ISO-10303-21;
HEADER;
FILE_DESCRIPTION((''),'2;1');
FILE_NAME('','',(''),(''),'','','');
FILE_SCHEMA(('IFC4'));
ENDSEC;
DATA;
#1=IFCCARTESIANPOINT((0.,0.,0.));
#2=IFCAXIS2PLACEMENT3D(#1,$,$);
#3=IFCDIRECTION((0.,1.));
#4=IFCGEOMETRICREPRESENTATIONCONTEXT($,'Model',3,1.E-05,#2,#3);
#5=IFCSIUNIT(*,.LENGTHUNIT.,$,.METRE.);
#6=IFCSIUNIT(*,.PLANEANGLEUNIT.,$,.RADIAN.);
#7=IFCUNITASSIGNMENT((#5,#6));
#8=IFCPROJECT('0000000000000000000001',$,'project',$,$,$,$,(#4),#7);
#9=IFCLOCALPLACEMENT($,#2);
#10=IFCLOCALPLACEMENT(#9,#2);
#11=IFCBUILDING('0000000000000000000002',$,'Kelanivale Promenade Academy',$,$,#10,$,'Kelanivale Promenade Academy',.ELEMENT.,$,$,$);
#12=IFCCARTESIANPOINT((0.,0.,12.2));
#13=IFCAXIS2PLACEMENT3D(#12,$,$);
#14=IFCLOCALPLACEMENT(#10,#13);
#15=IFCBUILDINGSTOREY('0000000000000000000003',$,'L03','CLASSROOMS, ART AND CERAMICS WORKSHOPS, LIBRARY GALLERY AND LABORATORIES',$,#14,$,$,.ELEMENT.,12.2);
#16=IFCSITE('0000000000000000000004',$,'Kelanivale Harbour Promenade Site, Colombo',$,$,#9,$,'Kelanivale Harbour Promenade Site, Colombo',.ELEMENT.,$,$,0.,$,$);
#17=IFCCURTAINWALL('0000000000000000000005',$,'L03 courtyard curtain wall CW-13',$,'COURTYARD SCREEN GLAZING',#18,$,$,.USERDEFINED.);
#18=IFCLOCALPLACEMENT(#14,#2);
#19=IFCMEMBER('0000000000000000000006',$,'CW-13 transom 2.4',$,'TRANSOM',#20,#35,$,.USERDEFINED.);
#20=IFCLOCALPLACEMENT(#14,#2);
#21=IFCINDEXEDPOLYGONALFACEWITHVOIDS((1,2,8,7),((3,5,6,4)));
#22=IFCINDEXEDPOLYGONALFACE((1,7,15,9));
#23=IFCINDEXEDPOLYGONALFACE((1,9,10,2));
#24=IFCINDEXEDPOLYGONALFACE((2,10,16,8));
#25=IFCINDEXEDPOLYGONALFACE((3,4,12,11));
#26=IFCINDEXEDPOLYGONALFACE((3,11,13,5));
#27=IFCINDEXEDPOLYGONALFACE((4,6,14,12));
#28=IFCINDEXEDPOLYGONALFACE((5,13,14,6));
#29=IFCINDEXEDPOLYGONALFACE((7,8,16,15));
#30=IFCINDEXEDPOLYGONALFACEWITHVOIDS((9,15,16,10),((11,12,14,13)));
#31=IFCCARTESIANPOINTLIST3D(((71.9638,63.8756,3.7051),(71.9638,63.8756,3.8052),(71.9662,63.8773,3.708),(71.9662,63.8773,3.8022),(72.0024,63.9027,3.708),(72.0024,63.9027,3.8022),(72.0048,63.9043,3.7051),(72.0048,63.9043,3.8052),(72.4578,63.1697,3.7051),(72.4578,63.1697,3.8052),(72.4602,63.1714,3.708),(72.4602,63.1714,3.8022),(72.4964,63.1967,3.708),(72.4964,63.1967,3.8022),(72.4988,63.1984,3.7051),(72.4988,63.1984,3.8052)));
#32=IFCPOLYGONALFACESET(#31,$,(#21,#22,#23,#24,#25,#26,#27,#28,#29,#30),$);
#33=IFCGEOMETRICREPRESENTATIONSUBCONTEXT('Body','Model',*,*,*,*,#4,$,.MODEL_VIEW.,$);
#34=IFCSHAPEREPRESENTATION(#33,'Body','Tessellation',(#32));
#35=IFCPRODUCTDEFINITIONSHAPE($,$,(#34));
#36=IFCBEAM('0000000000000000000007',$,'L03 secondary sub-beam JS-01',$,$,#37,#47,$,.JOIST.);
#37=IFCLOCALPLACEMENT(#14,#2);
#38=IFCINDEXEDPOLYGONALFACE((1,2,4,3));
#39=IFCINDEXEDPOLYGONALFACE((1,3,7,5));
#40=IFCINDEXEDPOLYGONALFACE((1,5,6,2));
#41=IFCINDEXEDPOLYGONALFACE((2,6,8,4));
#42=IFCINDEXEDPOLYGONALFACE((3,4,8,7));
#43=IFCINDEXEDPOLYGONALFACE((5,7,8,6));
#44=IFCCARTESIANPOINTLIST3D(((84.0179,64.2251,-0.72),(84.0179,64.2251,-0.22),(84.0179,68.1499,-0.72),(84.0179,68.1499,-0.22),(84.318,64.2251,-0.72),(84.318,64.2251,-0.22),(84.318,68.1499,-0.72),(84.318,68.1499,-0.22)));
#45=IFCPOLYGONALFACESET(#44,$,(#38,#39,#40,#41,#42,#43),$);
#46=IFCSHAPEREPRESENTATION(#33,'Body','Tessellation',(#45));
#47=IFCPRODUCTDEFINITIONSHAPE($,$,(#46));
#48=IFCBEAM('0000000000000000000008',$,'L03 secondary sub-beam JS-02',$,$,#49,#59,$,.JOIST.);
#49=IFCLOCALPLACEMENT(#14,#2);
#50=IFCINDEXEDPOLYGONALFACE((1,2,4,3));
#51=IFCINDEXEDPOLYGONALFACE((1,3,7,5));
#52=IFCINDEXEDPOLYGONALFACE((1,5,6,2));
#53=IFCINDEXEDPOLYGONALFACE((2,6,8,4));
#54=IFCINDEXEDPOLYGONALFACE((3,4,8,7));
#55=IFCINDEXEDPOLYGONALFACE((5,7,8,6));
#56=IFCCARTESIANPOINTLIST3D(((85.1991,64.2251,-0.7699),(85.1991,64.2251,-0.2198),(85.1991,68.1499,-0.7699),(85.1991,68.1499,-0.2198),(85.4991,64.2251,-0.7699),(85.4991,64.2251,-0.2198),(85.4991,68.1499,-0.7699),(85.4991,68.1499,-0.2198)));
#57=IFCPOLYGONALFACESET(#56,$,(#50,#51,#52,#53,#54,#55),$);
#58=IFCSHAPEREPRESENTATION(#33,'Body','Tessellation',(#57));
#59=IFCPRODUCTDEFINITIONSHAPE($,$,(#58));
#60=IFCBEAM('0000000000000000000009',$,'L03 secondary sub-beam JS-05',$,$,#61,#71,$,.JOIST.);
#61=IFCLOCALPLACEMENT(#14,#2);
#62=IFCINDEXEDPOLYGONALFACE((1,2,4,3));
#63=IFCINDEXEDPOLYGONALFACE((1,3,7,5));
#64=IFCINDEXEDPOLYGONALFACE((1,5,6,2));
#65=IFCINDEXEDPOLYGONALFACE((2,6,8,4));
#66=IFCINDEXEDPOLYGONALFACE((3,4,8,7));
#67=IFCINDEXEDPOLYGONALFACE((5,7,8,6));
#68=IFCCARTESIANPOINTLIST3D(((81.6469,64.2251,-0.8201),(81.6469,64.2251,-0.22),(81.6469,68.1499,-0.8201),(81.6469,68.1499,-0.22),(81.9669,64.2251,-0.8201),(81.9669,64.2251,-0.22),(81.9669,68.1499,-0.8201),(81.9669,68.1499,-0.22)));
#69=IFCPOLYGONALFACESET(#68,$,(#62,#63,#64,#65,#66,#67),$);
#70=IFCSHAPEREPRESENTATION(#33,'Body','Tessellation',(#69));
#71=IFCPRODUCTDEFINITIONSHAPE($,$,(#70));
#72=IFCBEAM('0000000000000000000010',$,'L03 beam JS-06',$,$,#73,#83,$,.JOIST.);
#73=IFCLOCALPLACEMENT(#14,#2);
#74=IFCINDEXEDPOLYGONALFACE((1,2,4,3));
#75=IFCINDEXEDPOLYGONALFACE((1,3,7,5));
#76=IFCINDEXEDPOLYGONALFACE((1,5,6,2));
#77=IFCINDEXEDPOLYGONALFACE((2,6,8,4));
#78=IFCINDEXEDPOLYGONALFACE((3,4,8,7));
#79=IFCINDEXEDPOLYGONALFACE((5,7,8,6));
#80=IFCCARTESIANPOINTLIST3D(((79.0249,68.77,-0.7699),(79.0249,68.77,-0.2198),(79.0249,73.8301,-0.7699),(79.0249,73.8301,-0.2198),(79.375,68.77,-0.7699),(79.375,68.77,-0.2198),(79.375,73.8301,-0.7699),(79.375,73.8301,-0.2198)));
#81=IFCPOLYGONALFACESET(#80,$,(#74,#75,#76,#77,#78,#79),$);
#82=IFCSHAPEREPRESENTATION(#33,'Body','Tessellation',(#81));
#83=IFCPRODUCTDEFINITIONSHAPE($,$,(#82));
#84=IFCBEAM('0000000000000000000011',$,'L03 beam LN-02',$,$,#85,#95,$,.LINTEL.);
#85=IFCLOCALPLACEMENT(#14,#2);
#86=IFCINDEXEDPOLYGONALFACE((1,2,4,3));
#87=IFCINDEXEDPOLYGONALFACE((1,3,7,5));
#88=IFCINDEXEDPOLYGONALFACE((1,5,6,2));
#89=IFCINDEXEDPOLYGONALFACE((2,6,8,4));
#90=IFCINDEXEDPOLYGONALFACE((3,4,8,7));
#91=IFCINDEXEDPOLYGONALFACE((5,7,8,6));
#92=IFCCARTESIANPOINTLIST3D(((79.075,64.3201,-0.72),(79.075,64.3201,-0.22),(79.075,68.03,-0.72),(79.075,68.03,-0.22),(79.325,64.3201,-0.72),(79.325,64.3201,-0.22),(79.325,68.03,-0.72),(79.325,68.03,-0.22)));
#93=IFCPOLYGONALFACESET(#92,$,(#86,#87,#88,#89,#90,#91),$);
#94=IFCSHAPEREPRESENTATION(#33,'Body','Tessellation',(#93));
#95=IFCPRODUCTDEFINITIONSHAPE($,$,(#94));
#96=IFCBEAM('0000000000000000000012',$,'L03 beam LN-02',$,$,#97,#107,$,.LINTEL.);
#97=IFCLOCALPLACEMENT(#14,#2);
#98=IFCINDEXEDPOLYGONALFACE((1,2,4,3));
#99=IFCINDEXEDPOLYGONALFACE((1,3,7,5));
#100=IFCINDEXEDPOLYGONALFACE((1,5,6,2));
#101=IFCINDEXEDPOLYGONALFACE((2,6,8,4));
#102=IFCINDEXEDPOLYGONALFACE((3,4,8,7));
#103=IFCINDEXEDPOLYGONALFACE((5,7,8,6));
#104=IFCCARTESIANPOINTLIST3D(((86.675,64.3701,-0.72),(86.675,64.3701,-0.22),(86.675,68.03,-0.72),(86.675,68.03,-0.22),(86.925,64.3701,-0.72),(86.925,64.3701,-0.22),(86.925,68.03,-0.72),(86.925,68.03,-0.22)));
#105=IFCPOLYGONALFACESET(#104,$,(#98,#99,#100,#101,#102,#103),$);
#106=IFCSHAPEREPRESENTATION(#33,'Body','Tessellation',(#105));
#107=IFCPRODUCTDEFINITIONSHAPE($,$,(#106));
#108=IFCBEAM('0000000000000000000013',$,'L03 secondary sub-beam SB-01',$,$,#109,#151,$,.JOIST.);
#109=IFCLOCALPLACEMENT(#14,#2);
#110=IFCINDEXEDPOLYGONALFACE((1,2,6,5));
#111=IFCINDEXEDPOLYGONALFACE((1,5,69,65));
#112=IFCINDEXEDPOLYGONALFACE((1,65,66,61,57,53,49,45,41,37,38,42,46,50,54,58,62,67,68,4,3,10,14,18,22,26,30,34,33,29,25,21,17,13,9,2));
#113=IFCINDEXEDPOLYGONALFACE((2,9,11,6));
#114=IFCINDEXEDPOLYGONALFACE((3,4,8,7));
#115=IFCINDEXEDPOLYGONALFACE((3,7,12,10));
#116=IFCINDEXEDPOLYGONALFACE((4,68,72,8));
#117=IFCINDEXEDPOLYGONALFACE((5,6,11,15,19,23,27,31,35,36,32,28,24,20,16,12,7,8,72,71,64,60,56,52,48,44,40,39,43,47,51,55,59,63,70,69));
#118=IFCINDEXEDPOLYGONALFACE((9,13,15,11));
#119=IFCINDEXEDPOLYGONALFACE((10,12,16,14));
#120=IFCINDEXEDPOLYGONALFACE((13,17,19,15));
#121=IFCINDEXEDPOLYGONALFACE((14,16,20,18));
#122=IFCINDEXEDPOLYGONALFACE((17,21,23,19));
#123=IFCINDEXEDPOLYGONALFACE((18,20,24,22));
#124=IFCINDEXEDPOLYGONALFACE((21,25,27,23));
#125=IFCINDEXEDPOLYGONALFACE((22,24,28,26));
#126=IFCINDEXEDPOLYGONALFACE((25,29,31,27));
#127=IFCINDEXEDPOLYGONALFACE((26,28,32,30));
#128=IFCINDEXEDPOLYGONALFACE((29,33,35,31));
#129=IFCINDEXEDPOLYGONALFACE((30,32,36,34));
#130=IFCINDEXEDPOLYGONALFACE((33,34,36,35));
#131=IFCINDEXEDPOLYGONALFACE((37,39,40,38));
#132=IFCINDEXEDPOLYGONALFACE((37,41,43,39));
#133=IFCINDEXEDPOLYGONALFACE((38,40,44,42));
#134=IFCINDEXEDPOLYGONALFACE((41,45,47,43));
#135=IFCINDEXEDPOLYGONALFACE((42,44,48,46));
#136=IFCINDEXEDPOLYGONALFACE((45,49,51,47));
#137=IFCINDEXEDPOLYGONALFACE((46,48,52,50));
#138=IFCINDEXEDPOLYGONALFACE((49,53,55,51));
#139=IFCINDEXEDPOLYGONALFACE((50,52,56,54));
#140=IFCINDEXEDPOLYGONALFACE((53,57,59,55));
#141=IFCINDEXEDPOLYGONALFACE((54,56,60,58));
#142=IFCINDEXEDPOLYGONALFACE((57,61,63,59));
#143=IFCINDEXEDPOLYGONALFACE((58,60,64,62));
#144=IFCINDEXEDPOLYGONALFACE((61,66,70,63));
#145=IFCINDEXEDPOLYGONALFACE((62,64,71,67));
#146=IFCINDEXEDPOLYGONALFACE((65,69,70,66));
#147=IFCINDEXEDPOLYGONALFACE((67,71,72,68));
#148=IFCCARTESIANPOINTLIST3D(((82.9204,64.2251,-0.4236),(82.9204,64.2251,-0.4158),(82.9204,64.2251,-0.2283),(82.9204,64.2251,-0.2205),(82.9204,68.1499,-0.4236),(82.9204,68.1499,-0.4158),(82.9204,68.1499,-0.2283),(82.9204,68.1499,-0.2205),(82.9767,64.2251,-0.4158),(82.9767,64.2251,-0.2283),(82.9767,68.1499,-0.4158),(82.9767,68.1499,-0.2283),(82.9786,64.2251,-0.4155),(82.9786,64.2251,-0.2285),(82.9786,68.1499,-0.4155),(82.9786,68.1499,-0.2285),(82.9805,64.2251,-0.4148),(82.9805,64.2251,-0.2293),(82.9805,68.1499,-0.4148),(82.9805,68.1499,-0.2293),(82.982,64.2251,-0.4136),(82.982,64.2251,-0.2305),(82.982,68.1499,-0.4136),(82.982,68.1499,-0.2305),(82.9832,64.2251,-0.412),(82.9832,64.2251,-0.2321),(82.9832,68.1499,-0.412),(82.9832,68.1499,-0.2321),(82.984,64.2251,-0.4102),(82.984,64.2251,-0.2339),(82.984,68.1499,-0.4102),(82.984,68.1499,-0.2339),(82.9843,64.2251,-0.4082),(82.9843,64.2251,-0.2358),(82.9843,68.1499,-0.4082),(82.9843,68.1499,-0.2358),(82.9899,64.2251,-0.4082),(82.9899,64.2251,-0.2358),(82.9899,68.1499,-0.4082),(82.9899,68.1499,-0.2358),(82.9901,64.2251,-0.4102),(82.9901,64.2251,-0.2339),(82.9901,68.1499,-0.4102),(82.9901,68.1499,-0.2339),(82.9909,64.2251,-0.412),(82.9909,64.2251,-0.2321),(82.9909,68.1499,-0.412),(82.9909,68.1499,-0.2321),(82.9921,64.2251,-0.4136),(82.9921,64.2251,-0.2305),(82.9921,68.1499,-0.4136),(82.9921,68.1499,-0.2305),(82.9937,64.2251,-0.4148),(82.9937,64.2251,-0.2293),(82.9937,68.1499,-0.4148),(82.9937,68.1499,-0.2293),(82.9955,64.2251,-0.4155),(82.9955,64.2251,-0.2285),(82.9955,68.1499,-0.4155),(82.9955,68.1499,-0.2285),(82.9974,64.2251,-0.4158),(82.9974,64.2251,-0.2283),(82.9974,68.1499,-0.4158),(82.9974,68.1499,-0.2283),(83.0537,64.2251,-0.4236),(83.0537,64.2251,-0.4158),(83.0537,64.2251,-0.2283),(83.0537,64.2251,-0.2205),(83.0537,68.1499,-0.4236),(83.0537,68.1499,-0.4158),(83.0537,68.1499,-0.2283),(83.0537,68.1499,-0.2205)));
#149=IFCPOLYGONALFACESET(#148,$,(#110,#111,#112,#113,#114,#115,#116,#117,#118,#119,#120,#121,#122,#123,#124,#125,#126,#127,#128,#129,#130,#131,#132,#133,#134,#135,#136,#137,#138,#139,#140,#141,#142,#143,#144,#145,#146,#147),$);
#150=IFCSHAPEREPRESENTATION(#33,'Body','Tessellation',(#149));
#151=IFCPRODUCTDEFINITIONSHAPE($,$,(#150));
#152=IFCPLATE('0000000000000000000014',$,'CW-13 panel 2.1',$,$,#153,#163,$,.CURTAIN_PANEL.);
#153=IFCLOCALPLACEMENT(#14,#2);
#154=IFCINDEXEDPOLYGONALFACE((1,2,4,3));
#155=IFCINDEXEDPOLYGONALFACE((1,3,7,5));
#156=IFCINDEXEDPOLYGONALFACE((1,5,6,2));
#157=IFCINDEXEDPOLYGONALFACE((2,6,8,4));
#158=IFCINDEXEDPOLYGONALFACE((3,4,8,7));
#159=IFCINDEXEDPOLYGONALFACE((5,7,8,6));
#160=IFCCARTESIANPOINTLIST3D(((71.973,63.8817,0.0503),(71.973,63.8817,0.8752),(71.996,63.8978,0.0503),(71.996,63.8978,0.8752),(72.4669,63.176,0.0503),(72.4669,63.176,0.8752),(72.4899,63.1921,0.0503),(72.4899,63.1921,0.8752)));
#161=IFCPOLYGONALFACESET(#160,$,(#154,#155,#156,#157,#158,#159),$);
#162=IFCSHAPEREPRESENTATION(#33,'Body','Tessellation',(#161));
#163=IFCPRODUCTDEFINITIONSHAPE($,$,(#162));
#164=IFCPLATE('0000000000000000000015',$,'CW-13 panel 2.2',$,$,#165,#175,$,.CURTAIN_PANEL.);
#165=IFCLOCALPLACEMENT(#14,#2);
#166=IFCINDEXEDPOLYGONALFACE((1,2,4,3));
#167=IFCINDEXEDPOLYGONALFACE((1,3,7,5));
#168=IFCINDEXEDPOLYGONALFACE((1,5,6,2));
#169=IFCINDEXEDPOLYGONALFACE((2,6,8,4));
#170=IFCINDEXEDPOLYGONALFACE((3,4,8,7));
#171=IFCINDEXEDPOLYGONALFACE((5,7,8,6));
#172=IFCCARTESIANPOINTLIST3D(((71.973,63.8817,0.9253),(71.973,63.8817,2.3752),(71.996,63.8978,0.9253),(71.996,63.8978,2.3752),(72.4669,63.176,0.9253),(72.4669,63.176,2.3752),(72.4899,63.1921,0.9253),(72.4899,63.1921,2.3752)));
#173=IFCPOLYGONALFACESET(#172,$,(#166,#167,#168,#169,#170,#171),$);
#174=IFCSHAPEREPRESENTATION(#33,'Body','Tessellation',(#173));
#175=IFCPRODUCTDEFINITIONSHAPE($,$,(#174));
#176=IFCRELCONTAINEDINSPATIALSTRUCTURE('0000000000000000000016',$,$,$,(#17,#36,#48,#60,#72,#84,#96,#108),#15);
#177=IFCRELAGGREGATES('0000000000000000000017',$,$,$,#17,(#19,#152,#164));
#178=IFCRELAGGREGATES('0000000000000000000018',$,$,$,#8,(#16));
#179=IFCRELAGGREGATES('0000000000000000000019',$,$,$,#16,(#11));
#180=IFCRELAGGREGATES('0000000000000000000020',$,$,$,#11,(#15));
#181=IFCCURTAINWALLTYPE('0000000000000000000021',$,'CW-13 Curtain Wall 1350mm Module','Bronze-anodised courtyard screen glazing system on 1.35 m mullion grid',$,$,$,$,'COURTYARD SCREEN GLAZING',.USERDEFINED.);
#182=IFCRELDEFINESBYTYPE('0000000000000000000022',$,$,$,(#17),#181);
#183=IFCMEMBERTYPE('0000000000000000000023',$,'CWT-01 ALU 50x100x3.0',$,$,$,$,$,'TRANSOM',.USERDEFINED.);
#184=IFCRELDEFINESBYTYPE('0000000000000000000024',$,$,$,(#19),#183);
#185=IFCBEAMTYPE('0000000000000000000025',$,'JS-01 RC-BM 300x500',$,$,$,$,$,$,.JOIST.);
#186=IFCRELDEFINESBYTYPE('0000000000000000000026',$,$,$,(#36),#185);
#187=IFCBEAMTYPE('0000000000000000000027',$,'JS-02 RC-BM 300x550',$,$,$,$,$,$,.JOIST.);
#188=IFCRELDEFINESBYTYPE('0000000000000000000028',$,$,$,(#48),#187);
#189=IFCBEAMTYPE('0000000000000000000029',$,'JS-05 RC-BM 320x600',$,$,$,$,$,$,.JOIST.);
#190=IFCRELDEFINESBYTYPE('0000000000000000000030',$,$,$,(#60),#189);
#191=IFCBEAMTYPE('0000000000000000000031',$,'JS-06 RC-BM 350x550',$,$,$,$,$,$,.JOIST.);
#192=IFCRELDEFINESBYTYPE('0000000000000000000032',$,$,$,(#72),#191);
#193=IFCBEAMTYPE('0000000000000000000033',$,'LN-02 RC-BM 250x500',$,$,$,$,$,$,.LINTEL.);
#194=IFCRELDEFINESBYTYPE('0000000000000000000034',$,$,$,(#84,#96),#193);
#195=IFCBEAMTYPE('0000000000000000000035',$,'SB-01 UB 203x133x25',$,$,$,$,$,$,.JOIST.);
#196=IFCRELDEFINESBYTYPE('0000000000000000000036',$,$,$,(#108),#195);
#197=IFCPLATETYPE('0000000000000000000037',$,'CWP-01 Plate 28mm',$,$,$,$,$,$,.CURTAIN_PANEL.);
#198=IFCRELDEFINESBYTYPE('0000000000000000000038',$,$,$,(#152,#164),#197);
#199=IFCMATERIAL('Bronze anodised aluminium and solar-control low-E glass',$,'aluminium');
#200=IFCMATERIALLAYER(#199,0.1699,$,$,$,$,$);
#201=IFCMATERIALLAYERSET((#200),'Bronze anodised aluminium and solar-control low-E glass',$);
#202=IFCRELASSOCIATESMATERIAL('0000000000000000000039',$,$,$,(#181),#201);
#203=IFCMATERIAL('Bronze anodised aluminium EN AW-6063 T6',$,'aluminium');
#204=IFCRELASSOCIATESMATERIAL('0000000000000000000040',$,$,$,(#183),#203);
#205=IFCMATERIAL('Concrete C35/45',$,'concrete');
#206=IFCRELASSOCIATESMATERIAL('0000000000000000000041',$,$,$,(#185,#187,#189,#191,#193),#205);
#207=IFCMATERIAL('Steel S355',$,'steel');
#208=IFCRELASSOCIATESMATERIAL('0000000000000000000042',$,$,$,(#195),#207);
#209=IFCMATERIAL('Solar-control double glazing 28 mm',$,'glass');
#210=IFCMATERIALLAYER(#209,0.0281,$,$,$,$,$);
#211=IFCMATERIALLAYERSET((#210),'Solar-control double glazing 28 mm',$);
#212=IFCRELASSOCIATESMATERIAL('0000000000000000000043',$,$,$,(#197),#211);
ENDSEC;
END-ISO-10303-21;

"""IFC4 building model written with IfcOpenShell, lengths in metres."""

from ifc_helpers import new_model, si_unit, direction, frame, origin, origin_2d, place, context, subcontext, project, spatial, rectangle, hollow_rectangle, i_section, extrude, material, layer, layer_set, material_profile, profile_set, type_object, element, aggregate, save


model = new_model("IFC4")

# Units and contexts
model_context = context("Model", 3, precision=1e-05, world=origin(), true_north=direction((0.0, 1.0)))
body_context = subcontext(model_context, "Body", "Model", "MODEL_VIEW")
ifc_project = project(units=[si_unit("LENGTHUNIT", "METRE"), si_unit("PLANEANGLEUNIT", "RADIAN")], contexts=[model_context])

# Site, building, storey
site_placement = place(None, origin())
site = spatial("IfcSite", under=ifc_project, at=site_placement, Name="Kelanivale Harbour Promenade Site, Colombo", LongName="Kelanivale Harbour Promenade Site, Colombo", CompositionType="ELEMENT", RefElevation=0.0)
building_placement = place(site_placement, origin())
building = spatial("IfcBuilding", under=site, at=building_placement, Name="Kelanivale Promenade Academy", LongName="Kelanivale Promenade Academy", CompositionType="ELEMENT")
storey_placement = place(building_placement, frame((0.0, 0.0, 12.2)))
storey = spatial("IfcBuildingStorey", under=building, at=storey_placement, Name="L03", Description="CLASSROOMS, ART AND CERAMICS WORKSHOPS, LIBRARY GALLERY AND LABORATORIES", CompositionType="ELEMENT", Elevation=12.2)

# Shared definitions
ifc_material_1 = material(Name="Concrete C35/45", Category="concrete")

# Curtain wall, member
ifc_material_2 = material(Name="Bronze anodised aluminium and solar-control low-E glass", Category="aluminium")
ifc_layer_1 = layer(ifc_material_2, 0.1699)
ifc_layer_set_1 = layer_set([ifc_layer_1], Name="Bronze anodised aluminium and solar-control low-E glass")
curtain_wall_type = type_object("IfcCurtainWallType", Name="CW-13 Curtain Wall 1350mm Module", Description="Bronze-anodised courtyard screen glazing system on 1.35 m mullion grid", ElementType="COURTYARD SCREEN GLAZING", PredefinedType="USERDEFINED", material=ifc_layer_set_1)
curtain_wall_placement = place(storey_placement, origin())
curtain_wall = element("IfcCurtainWall", 1, at=curtain_wall_placement, inside=storey, type_object=curtain_wall_type, Name="L03 courtyard curtain wall CW-13", ObjectType="COURTYARD SCREEN GLAZING", PredefinedType="USERDEFINED")
ifc_material_3 = material(Name="Bronze anodised aluminium EN AW-6063 T6", Category="aluminium")
ifc_material_profile_1 = material_profile(ifc_material_3, hollow_rectangle(XDim=0.05, YDim=0.1001, WallThickness=0.0029, at=origin_2d()), Name="ALU 50x100x3.0")
ifc_profile_set_1 = profile_set([ifc_material_profile_1], Name="Bronze anodised aluminium EN AW-6063 T6")
member_type = type_object("IfcMemberType", Name="CWT-01 ALU 50x100x3.0", ElementType="TRANSOM", PredefinedType="USERDEFINED", material=ifc_profile_set_1)
member_1_placement = place(storey_placement, frame((72.4783, 63.1841, 3.7551), z_axis=(-0.573329, 0.819325, 0.0), x_axis=(-0.819325, -0.573329, 0.0)))
member_1 = element("IfcMember", 2, at=member_1_placement, type_object=member_type, Name="CW-13 transom 2.4", ObjectType="TRANSOM", PredefinedType="USERDEFINED", context=body_context, shape_type="SweptSolid", body=[
    extrude(hollow_rectangle(XDim=0.05, YDim=0.1001, WallThickness=0.0029, at=origin_2d()), origin(), (0.0, 0.0, 1.0), 0.8616),
])

# Beams
ifc_material_profile_2 = material_profile(ifc_material_1, rectangle(XDim=0.3, YDim=0.5, at=origin_2d()), Name="RC-BM 300x500")
ifc_profile_set_2 = profile_set([ifc_material_profile_2], Name="Concrete C35/45")
beam_type_1 = type_object("IfcBeamType", Name="JS-01 RC-BM 300x500", PredefinedType="JOIST", material=ifc_profile_set_2)
beam_1_placement = place(storey_placement, frame((84.168, 64.2251, -0.47), z_axis=(0.0, 1.0, 0.0), x_axis=(-1.0, 0.0, 0.0)))
element("IfcBeam", 3, at=beam_1_placement, inside=storey, type_object=beam_type_1, Name="L03 secondary sub-beam JS-01", PredefinedType="JOIST", context=body_context, shape_type="SweptSolid", body=[
    extrude(rectangle(XDim=0.3, YDim=0.5, at=origin_2d()), origin(), (0.0, 0.0, 1.0), 3.9248),
])
ifc_material_profile_3 = material_profile(ifc_material_1, rectangle(XDim=0.3, YDim=0.55, at=origin_2d()), Name="RC-BM 300x550")
ifc_profile_set_3 = profile_set([ifc_material_profile_3], Name="Concrete C35/45")
beam_type_2 = type_object("IfcBeamType", Name="JS-02 RC-BM 300x550", PredefinedType="JOIST", material=ifc_profile_set_3)
beam_2_placement = place(storey_placement, frame((85.3491, 64.2251, -0.4949), z_axis=(0.0, 1.0, 0.0), x_axis=(-1.0, 0.0, 0.0)))
element("IfcBeam", 4, at=beam_2_placement, inside=storey, type_object=beam_type_2, Name="L03 secondary sub-beam JS-02", PredefinedType="JOIST", context=body_context, shape_type="SweptSolid", body=[
    extrude(rectangle(XDim=0.3, YDim=0.55, at=origin_2d()), origin(), (0.0, 0.0, 1.0), 3.9248),
])
ifc_material_profile_4 = material_profile(ifc_material_1, rectangle(XDim=0.3201, YDim=0.6001, at=origin_2d()), Name="RC-BM 320x600")
ifc_profile_set_4 = profile_set([ifc_material_profile_4], Name="Concrete C35/45")
beam_type_3 = type_object("IfcBeamType", Name="JS-05 RC-BM 320x600", PredefinedType="JOIST", material=ifc_profile_set_4)
beam_3_placement = place(storey_placement, frame((81.8069, 64.2251, -0.52), z_axis=(0.0, 1.0, 0.0), x_axis=(-1.0, 0.0, 0.0)))
element("IfcBeam", 5, at=beam_3_placement, inside=storey, type_object=beam_type_3, Name="L03 secondary sub-beam JS-05", PredefinedType="JOIST", context=body_context, shape_type="SweptSolid", body=[
    extrude(rectangle(XDim=0.3201, YDim=0.6001, at=origin_2d()), origin(), (0.0, 0.0, 1.0), 3.9248),
])
ifc_material_profile_5 = material_profile(ifc_material_1, rectangle(XDim=0.3501, YDim=0.55, at=origin_2d()), Name="RC-BM 350x550")
ifc_profile_set_5 = profile_set([ifc_material_profile_5], Name="Concrete C35/45")
beam_type_4 = type_object("IfcBeamType", Name="JS-06 RC-BM 350x550", PredefinedType="JOIST", material=ifc_profile_set_5)
beam_4_placement = place(storey_placement, frame((79.2, 68.77, -0.4949), z_axis=(0.0, 1.0, 0.0), x_axis=(-1.0, 0.0, 0.0)))
element("IfcBeam", 6, at=beam_4_placement, inside=storey, type_object=beam_type_4, Name="L03 beam JS-06", PredefinedType="JOIST", context=body_context, shape_type="SweptSolid", body=[
    extrude(rectangle(XDim=0.3501, YDim=0.55, at=origin_2d()), origin(), (0.0, 0.0, 1.0), 5.0601),
])
ifc_material_profile_6 = material_profile(ifc_material_1, rectangle(XDim=0.25, YDim=0.5, at=origin_2d()), Name="RC-BM 250x500")
ifc_profile_set_6 = profile_set([ifc_material_profile_6], Name="Concrete C35/45")
beam_type_5 = type_object("IfcBeamType", Name="LN-02 RC-BM 250x500", PredefinedType="LINTEL", material=ifc_profile_set_6)
beam_5_placement = place(storey_placement, frame((79.2, 64.3201, -0.47), z_axis=(0.0, 1.0, 0.0), x_axis=(-1.0, 0.0, 0.0)))
element("IfcBeam", 7, at=beam_5_placement, inside=storey, type_object=beam_type_5, Name="L03 beam LN-02", PredefinedType="LINTEL", context=body_context, shape_type="SweptSolid", body=[
    extrude(rectangle(XDim=0.25, YDim=0.5, at=origin_2d()), origin(), (0.0, 0.0, 1.0), 3.71),
])
beam_6_placement = place(storey_placement, frame((86.8, 64.3701, -0.47), z_axis=(0.0, 1.0, 0.0), x_axis=(-1.0, 0.0, 0.0)))
element("IfcBeam", 8, at=beam_6_placement, inside=storey, type_object=beam_type_5, Name="L03 beam LN-02", PredefinedType="LINTEL", context=body_context, shape_type="SweptSolid", body=[
    extrude(rectangle(XDim=0.25, YDim=0.5, at=origin_2d()), origin(), (0.0, 0.0, 1.0), 3.6599),
])
ifc_material_4 = material(Name="Steel S355", Category="steel")
ifc_material_profile_7 = material_profile(ifc_material_4, i_section(OverallWidth=0.1333, OverallDepth=0.2031, WebThickness=0.0056, FlangeThickness=0.0078, FilletRadius=0.0076, at=origin_2d()), Name="UB 203x133x25")
ifc_profile_set_7 = profile_set([ifc_material_profile_7], Name="Steel S355")
beam_type_6 = type_object("IfcBeamType", Name="SB-01 UB 203x133x25", PredefinedType="JOIST", material=ifc_profile_set_7)
beam_7_placement = place(storey_placement, frame((82.9871, 64.2251, -0.322), z_axis=(0.0, 1.0, 0.0), x_axis=(-1.0, 0.0, 0.0)))
element("IfcBeam", 9, at=beam_7_placement, inside=storey, type_object=beam_type_6, Name="L03 secondary sub-beam SB-01", PredefinedType="JOIST", context=body_context, shape_type="SweptSolid", body=[
    extrude(i_section(OverallWidth=0.1333, OverallDepth=0.2031, WebThickness=0.0056, FlangeThickness=0.0078, FilletRadius=0.0076, at=origin_2d()), origin(), (0.0, 0.0, 1.0), 3.9248),
])

# Plates
ifc_material_5 = material(Name="Solar-control double glazing 28 mm", Category="glass")
ifc_layer_2 = layer(ifc_material_5, 0.0281)
ifc_layer_set_2 = layer_set([ifc_layer_2], Name="Solar-control double glazing 28 mm")
plate_type = type_object("IfcPlateType", Name="CWP-01 Plate 28mm", PredefinedType="CURTAIN_PANEL", material=ifc_layer_set_2)
plate_1_placement = place(storey_placement, frame((72.2314, 63.5369, 0.0503), z_axis=(0.0, 0.0, 1.0), x_axis=(-0.573357, 0.819306, 0.0)))
plate_1 = element("IfcPlate", 10, at=plate_1_placement, type_object=plate_type, Name="CW-13 panel 2.1", PredefinedType="CURTAIN_PANEL", context=body_context, shape_type="SweptSolid", body=[
    extrude(rectangle(XDim=0.8613, YDim=0.0281, at=origin_2d()), origin(), (0.0, 0.0, 1.0), 0.825),
])
plate_2_placement = place(storey_placement, frame((72.2314, 63.5369, 0.9253), z_axis=(0.0, 0.0, 1.0), x_axis=(-0.573357, 0.819306, 0.0)))
plate_2 = element("IfcPlate", 11, at=plate_2_placement, type_object=plate_type, Name="CW-13 panel 2.2", PredefinedType="CURTAIN_PANEL", context=body_context, shape_type="SweptSolid", body=[
    extrude(rectangle(XDim=0.8613, YDim=0.0281, at=origin_2d()), origin(), (0.0, 0.0, 1.0), 1.45),
])
aggregate(curtain_wall, [member_1, plate_1, plate_2])

save(model, "model.ifc")
